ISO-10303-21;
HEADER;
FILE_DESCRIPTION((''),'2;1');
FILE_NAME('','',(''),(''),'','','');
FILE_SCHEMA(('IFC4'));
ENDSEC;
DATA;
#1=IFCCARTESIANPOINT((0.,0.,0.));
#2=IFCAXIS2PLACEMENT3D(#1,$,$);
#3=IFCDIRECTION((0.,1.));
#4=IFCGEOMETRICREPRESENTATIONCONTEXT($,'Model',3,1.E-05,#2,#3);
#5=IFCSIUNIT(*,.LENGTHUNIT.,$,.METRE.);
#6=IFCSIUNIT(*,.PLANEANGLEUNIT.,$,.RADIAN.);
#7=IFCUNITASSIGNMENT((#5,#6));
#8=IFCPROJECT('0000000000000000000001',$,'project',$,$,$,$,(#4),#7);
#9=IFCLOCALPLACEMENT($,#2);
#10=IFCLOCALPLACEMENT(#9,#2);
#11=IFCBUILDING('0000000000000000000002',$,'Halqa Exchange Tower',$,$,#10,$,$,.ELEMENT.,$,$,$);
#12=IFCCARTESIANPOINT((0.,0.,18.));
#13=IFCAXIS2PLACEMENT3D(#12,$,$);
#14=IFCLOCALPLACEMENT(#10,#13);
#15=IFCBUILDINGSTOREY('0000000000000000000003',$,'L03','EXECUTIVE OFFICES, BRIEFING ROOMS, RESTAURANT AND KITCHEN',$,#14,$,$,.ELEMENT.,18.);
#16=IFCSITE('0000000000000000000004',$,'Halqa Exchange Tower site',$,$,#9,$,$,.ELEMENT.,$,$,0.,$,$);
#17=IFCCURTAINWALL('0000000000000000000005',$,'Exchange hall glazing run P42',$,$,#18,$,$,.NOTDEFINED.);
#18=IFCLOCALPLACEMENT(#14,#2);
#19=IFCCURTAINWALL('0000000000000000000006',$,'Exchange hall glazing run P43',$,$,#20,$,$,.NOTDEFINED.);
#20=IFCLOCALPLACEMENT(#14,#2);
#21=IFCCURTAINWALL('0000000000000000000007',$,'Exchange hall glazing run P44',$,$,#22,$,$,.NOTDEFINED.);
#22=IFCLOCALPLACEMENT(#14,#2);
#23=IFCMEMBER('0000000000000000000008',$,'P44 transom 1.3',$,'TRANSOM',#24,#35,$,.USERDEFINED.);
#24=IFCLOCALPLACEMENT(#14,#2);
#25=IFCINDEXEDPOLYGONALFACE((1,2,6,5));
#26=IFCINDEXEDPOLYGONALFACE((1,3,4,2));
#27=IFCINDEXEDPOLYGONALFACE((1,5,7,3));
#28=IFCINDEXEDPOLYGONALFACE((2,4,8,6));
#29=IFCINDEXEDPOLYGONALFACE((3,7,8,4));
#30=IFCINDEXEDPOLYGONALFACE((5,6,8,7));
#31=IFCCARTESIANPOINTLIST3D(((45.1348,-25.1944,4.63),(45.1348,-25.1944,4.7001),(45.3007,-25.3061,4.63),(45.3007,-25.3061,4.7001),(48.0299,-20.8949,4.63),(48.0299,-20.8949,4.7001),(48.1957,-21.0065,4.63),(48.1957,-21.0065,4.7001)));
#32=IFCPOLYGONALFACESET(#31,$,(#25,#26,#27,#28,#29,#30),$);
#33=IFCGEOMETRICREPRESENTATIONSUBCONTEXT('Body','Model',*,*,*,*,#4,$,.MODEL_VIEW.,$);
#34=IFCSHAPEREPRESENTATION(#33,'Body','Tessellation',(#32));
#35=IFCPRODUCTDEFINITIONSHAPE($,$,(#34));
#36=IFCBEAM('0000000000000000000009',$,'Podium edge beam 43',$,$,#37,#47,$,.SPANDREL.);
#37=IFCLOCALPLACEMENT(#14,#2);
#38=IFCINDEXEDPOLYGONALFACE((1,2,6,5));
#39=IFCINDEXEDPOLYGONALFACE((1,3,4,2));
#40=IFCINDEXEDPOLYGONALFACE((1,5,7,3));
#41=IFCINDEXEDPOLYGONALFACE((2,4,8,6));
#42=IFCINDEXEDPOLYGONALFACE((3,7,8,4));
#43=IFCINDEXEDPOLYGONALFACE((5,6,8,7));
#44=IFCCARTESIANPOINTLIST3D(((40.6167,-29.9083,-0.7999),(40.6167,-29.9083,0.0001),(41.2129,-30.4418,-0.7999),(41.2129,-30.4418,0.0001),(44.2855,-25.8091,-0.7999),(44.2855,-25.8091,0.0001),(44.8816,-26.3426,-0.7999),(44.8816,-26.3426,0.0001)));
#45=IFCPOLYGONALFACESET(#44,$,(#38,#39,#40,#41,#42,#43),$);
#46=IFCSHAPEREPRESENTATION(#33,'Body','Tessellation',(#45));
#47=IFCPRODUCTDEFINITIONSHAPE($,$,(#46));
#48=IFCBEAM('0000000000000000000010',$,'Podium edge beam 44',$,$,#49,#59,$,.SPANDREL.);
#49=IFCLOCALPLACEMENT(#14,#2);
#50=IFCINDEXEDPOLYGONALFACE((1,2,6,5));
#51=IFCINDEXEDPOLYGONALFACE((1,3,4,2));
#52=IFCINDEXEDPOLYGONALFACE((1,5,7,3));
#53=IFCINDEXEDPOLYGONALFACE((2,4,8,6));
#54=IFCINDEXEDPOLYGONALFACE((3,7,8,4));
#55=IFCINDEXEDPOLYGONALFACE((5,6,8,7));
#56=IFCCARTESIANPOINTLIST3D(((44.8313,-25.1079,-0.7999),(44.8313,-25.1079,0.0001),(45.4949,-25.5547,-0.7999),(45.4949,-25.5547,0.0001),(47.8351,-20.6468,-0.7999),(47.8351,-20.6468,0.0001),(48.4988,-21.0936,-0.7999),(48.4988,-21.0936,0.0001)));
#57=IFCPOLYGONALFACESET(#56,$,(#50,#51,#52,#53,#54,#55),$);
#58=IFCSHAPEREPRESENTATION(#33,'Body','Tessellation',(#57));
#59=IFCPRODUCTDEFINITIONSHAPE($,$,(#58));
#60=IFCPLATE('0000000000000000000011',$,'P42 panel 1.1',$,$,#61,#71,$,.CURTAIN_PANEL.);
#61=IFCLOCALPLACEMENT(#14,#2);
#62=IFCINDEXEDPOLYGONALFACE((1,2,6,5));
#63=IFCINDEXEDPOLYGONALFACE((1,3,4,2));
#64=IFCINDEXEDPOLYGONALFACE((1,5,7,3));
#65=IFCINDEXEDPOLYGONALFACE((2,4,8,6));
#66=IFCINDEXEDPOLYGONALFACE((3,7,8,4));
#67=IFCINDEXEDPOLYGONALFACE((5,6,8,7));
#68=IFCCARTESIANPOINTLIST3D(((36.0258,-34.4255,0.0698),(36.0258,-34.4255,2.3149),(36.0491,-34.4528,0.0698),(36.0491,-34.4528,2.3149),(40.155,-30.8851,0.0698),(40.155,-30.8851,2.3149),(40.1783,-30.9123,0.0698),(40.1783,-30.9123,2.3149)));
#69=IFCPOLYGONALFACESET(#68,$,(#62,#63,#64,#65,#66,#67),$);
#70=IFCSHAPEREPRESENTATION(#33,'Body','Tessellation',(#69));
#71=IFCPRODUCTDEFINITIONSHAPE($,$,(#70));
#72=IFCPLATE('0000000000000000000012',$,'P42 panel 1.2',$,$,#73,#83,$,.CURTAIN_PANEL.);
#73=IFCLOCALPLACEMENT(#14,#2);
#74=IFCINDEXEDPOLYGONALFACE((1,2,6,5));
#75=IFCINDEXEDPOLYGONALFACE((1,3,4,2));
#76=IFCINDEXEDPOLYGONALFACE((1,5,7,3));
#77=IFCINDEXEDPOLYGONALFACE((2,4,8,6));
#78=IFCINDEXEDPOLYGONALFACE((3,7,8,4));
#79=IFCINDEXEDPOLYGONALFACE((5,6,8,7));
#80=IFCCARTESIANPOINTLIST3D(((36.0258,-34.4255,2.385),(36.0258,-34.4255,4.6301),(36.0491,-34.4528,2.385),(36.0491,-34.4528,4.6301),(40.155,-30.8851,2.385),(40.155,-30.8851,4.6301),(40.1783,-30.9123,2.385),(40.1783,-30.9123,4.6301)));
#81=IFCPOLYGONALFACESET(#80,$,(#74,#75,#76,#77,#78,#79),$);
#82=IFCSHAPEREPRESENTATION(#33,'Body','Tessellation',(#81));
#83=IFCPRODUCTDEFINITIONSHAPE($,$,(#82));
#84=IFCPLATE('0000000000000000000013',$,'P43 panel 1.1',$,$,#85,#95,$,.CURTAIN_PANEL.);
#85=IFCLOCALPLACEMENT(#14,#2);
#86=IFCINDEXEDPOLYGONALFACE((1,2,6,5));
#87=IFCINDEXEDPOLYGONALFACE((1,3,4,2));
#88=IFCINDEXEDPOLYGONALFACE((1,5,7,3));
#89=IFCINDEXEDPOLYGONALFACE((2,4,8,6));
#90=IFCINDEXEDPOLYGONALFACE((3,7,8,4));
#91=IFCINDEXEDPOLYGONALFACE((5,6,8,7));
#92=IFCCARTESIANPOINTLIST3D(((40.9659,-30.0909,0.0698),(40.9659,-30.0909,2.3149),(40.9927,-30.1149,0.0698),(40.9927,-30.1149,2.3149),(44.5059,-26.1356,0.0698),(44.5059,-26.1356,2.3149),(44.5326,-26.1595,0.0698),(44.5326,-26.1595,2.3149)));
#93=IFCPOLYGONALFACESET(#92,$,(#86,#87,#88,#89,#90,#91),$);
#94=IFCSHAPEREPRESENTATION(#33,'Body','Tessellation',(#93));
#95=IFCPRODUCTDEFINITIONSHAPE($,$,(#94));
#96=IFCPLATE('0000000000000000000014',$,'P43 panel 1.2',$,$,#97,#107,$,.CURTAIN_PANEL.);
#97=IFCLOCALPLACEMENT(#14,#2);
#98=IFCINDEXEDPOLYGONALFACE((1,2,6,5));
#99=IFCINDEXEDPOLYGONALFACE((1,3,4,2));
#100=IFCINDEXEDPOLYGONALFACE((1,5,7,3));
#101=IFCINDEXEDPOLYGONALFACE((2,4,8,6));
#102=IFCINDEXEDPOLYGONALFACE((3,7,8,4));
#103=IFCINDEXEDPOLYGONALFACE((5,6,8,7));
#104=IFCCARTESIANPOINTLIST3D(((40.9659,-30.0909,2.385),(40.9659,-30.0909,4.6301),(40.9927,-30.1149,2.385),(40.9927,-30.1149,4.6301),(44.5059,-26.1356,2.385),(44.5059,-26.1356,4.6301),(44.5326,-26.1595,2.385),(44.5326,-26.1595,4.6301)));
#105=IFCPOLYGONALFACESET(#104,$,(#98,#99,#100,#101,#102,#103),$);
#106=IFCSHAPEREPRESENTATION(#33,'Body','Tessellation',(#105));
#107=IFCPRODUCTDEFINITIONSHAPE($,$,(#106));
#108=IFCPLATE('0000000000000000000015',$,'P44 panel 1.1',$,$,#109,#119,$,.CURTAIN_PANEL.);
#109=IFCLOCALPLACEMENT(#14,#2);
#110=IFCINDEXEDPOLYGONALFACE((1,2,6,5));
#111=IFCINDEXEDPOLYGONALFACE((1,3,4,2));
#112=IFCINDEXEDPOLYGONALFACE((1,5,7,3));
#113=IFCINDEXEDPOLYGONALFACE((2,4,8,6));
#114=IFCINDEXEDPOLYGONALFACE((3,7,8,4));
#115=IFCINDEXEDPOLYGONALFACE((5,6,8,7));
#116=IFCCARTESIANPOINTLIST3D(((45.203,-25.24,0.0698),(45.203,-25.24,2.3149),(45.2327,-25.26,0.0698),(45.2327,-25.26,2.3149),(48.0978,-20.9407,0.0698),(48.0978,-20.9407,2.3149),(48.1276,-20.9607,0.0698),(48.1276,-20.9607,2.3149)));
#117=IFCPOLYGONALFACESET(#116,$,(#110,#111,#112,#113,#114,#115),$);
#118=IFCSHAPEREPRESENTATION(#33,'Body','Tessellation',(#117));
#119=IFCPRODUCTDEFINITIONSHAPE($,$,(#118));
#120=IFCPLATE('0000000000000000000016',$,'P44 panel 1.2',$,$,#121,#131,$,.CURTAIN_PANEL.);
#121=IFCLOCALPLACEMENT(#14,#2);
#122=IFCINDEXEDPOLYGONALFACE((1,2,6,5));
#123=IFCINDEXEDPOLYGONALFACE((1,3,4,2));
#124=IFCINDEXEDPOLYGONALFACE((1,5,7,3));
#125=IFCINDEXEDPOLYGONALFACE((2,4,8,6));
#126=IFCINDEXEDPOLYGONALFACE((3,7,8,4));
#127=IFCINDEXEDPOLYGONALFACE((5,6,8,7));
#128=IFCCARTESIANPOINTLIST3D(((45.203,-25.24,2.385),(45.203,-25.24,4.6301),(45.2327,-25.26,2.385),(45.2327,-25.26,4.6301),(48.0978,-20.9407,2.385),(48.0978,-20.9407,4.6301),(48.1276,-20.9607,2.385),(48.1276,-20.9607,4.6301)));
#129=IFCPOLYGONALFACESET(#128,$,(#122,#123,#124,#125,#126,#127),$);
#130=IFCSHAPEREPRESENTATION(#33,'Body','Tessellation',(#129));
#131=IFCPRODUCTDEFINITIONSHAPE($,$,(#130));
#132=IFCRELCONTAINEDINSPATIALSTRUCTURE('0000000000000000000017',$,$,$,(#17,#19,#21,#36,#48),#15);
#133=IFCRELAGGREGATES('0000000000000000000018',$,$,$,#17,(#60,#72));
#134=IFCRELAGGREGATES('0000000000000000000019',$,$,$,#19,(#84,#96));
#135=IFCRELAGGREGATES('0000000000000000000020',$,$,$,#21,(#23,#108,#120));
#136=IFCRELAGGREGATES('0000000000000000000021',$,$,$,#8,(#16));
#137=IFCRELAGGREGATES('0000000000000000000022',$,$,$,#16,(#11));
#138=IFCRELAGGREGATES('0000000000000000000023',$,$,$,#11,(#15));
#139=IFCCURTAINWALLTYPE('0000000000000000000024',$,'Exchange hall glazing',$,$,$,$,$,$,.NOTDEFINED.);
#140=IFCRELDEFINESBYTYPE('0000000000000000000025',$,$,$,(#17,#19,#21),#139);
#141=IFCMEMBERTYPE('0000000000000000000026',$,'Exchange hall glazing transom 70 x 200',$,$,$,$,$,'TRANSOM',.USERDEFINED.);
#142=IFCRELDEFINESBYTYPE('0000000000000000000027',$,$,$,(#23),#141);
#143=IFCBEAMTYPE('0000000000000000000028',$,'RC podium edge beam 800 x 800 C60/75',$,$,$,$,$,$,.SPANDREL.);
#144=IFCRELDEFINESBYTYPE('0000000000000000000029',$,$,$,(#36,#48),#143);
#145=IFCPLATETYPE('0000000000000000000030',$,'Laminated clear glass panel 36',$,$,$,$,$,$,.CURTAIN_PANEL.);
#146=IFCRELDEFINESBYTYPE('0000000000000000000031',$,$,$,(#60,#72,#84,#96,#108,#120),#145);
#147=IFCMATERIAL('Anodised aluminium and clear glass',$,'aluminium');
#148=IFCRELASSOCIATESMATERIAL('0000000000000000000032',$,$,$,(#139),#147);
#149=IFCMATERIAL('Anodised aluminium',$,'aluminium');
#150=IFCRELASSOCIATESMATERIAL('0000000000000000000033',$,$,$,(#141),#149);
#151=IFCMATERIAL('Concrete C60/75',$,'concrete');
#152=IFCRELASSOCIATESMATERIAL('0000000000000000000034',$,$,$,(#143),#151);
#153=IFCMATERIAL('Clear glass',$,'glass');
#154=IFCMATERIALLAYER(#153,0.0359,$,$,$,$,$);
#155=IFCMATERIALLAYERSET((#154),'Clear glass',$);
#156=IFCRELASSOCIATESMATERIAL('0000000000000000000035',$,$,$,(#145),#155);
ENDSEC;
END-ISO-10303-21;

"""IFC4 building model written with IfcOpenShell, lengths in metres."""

from ifc_helpers import new_model, si_unit, direction, frame, origin, origin_2d, place, context, subcontext, project, spatial, rectangle, extrude, material, layer, layer_set, material_profile, profile_set, type_object, element, aggregate, save


model = new_model("IFC4")

# Units and contexts
model_context = context("Model", 3, precision=1e-05, world=origin(), true_north=direction((0.0, 1.0)))
body_context = subcontext(model_context, "Body", "Model", "MODEL_VIEW")
ifc_project = project(units=[si_unit("LENGTHUNIT", "METRE"), si_unit("PLANEANGLEUNIT", "RADIAN")], contexts=[model_context])

# Site, building, storey
site_placement = place(None, origin())
site = spatial("IfcSite", under=ifc_project, at=site_placement, Name="Halqa Exchange Tower site", CompositionType="ELEMENT", RefElevation=0.0)
building_placement = place(site_placement, origin())
building = spatial("IfcBuilding", under=site, at=building_placement, Name="Halqa Exchange Tower", CompositionType="ELEMENT")
storey_placement = place(building_placement, frame((0.0, 0.0, 18.0)))
storey = spatial("IfcBuildingStorey", under=building, at=storey_placement, Name="L03", Description="EXECUTIVE OFFICES, BRIEFING ROOMS, RESTAURANT AND KITCHEN", CompositionType="ELEMENT", Elevation=18.0)

# Shared definitions
ifc_material_1 = material(Name="Concrete C60/75", Category="concrete")

# Curtain wall
ifc_material_2 = material(Name="Anodised aluminium and clear glass", Category="aluminium")
curtain_wall_type = type_object("IfcCurtainWallType", Name="Exchange hall glazing", PredefinedType="NOTDEFINED", material=ifc_material_2)
curtain_wall_1_placement = place(storey_placement, origin())
curtain_wall_1 = element("IfcCurtainWall", 1, at=curtain_wall_1_placement, inside=storey, type_object=curtain_wall_type, Name="Exchange hall glazing run P42", PredefinedType="NOTDEFINED")
ifc_material_3 = material(Name="Anodised aluminium", Category="aluminium")

# Curtain walls
curtain_wall_2_placement = place(storey_placement, origin())
curtain_wall_2 = element("IfcCurtainWall", 2, at=curtain_wall_2_placement, inside=storey, type_object=curtain_wall_type, Name="Exchange hall glazing run P43", PredefinedType="NOTDEFINED")
curtain_wall_3_placement = place(storey_placement, origin())
curtain_wall_3 = element("IfcCurtainWall", 3, at=curtain_wall_3_placement, inside=storey, type_object=curtain_wall_type, Name="Exchange hall glazing run P44", PredefinedType="NOTDEFINED")

# Member
ifc_material_profile_1 = material_profile(ifc_material_3, rectangle(XDim=0.2, YDim=0.0701, at=origin_2d()), Name="AL 70x200")
ifc_profile_set_1 = profile_set([ifc_material_profile_1], Name="Anodised aluminium")
member_type_1 = type_object("IfcMemberType", Name="Exchange hall glazing transom 70 x 200", ElementType="TRANSOM", PredefinedType="USERDEFINED", material=ifc_profile_set_1)
member_1_placement = place(storey_placement, frame((45.2178, -25.2502, 4.665), z_axis=(0.55852, 0.829491, 0.0), x_axis=(-0.829491, 0.55852, 0.0)))
member_1 = element("IfcMember", 4, at=member_1_placement, type_object=member_type_1, Name="P44 transom 1.3", ObjectType="TRANSOM", PredefinedType="USERDEFINED", context=body_context, shape_type="SweptSolid", body=[
    extrude(rectangle(XDim=0.2, YDim=0.0701, at=origin_2d()), origin(), (0.0, 0.0, 1.0), 5.1833),
])

# Beams
ifc_material_profile_2 = material_profile(ifc_material_1, rectangle(XDim=0.8, YDim=0.8, at=origin_2d()), Name="800 x 800")
ifc_profile_set_2 = profile_set([ifc_material_profile_2], Name="Concrete C60/75")
beam_type = type_object("IfcBeamType", Name="RC podium edge beam 800 x 800 C60/75", PredefinedType="SPANDREL", material=ifc_profile_set_2)
beam_1_placement = place(storey_placement, frame((40.9148, -30.175, -0.3999), z_axis=(0.666903, 0.745145, 0.0), x_axis=(-0.745145, 0.666903, 0.0)))
element("IfcBeam", 5, at=beam_1_placement, inside=storey, type_object=beam_type, Name="Podium edge beam 43", PredefinedType="SPANDREL", context=body_context, shape_type="SweptSolid", body=[
    extrude(rectangle(XDim=0.8, YDim=0.8, at=origin_2d()), origin(), (0.0, 0.0, 1.0), 5.5012),
])
beam_2_placement = place(storey_placement, frame((45.1631, -25.3313, -0.3999), z_axis=(0.558528, 0.829485, 0.0), x_axis=(-0.829485, 0.558528, 0.0)))
element("IfcBeam", 6, at=beam_2_placement, inside=storey, type_object=beam_type, Name="Podium edge beam 44", PredefinedType="SPANDREL", context=body_context, shape_type="SweptSolid", body=[
    extrude(rectangle(XDim=0.8, YDim=0.8, at=origin_2d()), origin(), (0.0, 0.0, 1.0), 5.3782),
])

# Plates
ifc_material_4 = material(Name="Clear glass", Category="glass")
ifc_layer = layer(ifc_material_4, 0.0359)
ifc_layer_set = layer_set([ifc_layer], Name="Clear glass")
plate_type = type_object("IfcPlateType", Name="Laminated clear glass panel 36", PredefinedType="CURTAIN_PANEL", material=ifc_layer_set)
plate_1_placement = place(storey_placement, frame((38.1021, -32.6689, 0.0698), z_axis=(0.0, 0.0, 1.0), x_axis=(0.759154, 0.650911, 0.0)))
plate_1 = element("IfcPlate", 7, at=plate_1_placement, type_object=plate_type, Name="P42 panel 1.1", PredefinedType="CURTAIN_PANEL", context=body_context, shape_type="SweptSolid", body=[
    extrude(rectangle(XDim=5.4392, YDim=0.0359, at=origin_2d()), origin(), (0.0, 0.0, 1.0), 2.2451),
])
plate_2_placement = place(storey_placement, frame((38.1021, -32.6689, 2.385), z_axis=(0.0, 0.0, 1.0), x_axis=(0.759154, 0.650911, 0.0)))
plate_2 = element("IfcPlate", 8, at=plate_2_placement, type_object=plate_type, Name="P42 panel 1.2", PredefinedType="CURTAIN_PANEL", context=body_context, shape_type="SweptSolid", body=[
    extrude(rectangle(XDim=5.4392, YDim=0.0359, at=origin_2d()), origin(), (0.0, 0.0, 1.0), 2.2451),
])
aggregate(curtain_wall_1, [plate_1, plate_2])
plate_3_placement = place(storey_placement, frame((42.7493, -28.1252, 0.0698), z_axis=(0.0, 0.0, 1.0), x_axis=(0.666899, 0.745148, 0.0)))
plate_3 = element("IfcPlate", 9, at=plate_3_placement, type_object=plate_type, Name="P43 panel 1.1", PredefinedType="CURTAIN_PANEL", context=body_context, shape_type="SweptSolid", body=[
    extrude(rectangle(XDim=5.3081, YDim=0.0359, at=origin_2d()), origin(), (0.0, 0.0, 1.0), 2.2451),
])
plate_4_placement = place(storey_placement, frame((42.7493, -28.1252, 2.385), z_axis=(0.0, 0.0, 1.0), x_axis=(0.666899, 0.745148, 0.0)))
plate_4 = element("IfcPlate", 10, at=plate_4_placement, type_object=plate_type, Name="P43 panel 1.2", PredefinedType="CURTAIN_PANEL", context=body_context, shape_type="SweptSolid", body=[
    extrude(rectangle(XDim=5.3081, YDim=0.0359, at=origin_2d()), origin(), (0.0, 0.0, 1.0), 2.2451),
])
aggregate(curtain_wall_2, [plate_3, plate_4])
plate_5_placement = place(storey_placement, frame((46.6653, -23.1003, 0.0698), z_axis=(0.0, 0.0, 1.0), x_axis=(0.558522, 0.82949, 0.0)))
plate_5 = element("IfcPlate", 11, at=plate_5_placement, type_object=plate_type, Name="P44 panel 1.1", PredefinedType="CURTAIN_PANEL", context=body_context, shape_type="SweptSolid", body=[
    extrude(rectangle(XDim=5.1831, YDim=0.0359, at=origin_2d()), origin(), (0.0, 0.0, 1.0), 2.2451),
])
plate_6_placement = place(storey_placement, frame((46.6653, -23.1003, 2.385), z_axis=(0.0, 0.0, 1.0), x_axis=(0.558522, 0.82949, 0.0)))
plate_6 = element("IfcPlate", 12, at=plate_6_placement, type_object=plate_type, Name="P44 panel 1.2", PredefinedType="CURTAIN_PANEL", context=body_context, shape_type="SweptSolid", body=[
    extrude(rectangle(XDim=5.1831, YDim=0.0359, at=origin_2d()), origin(), (0.0, 0.0, 1.0), 2.2451),
])
aggregate(curtain_wall_3, [member_1, plate_5, plate_6])

save(model, "model.ifc")
